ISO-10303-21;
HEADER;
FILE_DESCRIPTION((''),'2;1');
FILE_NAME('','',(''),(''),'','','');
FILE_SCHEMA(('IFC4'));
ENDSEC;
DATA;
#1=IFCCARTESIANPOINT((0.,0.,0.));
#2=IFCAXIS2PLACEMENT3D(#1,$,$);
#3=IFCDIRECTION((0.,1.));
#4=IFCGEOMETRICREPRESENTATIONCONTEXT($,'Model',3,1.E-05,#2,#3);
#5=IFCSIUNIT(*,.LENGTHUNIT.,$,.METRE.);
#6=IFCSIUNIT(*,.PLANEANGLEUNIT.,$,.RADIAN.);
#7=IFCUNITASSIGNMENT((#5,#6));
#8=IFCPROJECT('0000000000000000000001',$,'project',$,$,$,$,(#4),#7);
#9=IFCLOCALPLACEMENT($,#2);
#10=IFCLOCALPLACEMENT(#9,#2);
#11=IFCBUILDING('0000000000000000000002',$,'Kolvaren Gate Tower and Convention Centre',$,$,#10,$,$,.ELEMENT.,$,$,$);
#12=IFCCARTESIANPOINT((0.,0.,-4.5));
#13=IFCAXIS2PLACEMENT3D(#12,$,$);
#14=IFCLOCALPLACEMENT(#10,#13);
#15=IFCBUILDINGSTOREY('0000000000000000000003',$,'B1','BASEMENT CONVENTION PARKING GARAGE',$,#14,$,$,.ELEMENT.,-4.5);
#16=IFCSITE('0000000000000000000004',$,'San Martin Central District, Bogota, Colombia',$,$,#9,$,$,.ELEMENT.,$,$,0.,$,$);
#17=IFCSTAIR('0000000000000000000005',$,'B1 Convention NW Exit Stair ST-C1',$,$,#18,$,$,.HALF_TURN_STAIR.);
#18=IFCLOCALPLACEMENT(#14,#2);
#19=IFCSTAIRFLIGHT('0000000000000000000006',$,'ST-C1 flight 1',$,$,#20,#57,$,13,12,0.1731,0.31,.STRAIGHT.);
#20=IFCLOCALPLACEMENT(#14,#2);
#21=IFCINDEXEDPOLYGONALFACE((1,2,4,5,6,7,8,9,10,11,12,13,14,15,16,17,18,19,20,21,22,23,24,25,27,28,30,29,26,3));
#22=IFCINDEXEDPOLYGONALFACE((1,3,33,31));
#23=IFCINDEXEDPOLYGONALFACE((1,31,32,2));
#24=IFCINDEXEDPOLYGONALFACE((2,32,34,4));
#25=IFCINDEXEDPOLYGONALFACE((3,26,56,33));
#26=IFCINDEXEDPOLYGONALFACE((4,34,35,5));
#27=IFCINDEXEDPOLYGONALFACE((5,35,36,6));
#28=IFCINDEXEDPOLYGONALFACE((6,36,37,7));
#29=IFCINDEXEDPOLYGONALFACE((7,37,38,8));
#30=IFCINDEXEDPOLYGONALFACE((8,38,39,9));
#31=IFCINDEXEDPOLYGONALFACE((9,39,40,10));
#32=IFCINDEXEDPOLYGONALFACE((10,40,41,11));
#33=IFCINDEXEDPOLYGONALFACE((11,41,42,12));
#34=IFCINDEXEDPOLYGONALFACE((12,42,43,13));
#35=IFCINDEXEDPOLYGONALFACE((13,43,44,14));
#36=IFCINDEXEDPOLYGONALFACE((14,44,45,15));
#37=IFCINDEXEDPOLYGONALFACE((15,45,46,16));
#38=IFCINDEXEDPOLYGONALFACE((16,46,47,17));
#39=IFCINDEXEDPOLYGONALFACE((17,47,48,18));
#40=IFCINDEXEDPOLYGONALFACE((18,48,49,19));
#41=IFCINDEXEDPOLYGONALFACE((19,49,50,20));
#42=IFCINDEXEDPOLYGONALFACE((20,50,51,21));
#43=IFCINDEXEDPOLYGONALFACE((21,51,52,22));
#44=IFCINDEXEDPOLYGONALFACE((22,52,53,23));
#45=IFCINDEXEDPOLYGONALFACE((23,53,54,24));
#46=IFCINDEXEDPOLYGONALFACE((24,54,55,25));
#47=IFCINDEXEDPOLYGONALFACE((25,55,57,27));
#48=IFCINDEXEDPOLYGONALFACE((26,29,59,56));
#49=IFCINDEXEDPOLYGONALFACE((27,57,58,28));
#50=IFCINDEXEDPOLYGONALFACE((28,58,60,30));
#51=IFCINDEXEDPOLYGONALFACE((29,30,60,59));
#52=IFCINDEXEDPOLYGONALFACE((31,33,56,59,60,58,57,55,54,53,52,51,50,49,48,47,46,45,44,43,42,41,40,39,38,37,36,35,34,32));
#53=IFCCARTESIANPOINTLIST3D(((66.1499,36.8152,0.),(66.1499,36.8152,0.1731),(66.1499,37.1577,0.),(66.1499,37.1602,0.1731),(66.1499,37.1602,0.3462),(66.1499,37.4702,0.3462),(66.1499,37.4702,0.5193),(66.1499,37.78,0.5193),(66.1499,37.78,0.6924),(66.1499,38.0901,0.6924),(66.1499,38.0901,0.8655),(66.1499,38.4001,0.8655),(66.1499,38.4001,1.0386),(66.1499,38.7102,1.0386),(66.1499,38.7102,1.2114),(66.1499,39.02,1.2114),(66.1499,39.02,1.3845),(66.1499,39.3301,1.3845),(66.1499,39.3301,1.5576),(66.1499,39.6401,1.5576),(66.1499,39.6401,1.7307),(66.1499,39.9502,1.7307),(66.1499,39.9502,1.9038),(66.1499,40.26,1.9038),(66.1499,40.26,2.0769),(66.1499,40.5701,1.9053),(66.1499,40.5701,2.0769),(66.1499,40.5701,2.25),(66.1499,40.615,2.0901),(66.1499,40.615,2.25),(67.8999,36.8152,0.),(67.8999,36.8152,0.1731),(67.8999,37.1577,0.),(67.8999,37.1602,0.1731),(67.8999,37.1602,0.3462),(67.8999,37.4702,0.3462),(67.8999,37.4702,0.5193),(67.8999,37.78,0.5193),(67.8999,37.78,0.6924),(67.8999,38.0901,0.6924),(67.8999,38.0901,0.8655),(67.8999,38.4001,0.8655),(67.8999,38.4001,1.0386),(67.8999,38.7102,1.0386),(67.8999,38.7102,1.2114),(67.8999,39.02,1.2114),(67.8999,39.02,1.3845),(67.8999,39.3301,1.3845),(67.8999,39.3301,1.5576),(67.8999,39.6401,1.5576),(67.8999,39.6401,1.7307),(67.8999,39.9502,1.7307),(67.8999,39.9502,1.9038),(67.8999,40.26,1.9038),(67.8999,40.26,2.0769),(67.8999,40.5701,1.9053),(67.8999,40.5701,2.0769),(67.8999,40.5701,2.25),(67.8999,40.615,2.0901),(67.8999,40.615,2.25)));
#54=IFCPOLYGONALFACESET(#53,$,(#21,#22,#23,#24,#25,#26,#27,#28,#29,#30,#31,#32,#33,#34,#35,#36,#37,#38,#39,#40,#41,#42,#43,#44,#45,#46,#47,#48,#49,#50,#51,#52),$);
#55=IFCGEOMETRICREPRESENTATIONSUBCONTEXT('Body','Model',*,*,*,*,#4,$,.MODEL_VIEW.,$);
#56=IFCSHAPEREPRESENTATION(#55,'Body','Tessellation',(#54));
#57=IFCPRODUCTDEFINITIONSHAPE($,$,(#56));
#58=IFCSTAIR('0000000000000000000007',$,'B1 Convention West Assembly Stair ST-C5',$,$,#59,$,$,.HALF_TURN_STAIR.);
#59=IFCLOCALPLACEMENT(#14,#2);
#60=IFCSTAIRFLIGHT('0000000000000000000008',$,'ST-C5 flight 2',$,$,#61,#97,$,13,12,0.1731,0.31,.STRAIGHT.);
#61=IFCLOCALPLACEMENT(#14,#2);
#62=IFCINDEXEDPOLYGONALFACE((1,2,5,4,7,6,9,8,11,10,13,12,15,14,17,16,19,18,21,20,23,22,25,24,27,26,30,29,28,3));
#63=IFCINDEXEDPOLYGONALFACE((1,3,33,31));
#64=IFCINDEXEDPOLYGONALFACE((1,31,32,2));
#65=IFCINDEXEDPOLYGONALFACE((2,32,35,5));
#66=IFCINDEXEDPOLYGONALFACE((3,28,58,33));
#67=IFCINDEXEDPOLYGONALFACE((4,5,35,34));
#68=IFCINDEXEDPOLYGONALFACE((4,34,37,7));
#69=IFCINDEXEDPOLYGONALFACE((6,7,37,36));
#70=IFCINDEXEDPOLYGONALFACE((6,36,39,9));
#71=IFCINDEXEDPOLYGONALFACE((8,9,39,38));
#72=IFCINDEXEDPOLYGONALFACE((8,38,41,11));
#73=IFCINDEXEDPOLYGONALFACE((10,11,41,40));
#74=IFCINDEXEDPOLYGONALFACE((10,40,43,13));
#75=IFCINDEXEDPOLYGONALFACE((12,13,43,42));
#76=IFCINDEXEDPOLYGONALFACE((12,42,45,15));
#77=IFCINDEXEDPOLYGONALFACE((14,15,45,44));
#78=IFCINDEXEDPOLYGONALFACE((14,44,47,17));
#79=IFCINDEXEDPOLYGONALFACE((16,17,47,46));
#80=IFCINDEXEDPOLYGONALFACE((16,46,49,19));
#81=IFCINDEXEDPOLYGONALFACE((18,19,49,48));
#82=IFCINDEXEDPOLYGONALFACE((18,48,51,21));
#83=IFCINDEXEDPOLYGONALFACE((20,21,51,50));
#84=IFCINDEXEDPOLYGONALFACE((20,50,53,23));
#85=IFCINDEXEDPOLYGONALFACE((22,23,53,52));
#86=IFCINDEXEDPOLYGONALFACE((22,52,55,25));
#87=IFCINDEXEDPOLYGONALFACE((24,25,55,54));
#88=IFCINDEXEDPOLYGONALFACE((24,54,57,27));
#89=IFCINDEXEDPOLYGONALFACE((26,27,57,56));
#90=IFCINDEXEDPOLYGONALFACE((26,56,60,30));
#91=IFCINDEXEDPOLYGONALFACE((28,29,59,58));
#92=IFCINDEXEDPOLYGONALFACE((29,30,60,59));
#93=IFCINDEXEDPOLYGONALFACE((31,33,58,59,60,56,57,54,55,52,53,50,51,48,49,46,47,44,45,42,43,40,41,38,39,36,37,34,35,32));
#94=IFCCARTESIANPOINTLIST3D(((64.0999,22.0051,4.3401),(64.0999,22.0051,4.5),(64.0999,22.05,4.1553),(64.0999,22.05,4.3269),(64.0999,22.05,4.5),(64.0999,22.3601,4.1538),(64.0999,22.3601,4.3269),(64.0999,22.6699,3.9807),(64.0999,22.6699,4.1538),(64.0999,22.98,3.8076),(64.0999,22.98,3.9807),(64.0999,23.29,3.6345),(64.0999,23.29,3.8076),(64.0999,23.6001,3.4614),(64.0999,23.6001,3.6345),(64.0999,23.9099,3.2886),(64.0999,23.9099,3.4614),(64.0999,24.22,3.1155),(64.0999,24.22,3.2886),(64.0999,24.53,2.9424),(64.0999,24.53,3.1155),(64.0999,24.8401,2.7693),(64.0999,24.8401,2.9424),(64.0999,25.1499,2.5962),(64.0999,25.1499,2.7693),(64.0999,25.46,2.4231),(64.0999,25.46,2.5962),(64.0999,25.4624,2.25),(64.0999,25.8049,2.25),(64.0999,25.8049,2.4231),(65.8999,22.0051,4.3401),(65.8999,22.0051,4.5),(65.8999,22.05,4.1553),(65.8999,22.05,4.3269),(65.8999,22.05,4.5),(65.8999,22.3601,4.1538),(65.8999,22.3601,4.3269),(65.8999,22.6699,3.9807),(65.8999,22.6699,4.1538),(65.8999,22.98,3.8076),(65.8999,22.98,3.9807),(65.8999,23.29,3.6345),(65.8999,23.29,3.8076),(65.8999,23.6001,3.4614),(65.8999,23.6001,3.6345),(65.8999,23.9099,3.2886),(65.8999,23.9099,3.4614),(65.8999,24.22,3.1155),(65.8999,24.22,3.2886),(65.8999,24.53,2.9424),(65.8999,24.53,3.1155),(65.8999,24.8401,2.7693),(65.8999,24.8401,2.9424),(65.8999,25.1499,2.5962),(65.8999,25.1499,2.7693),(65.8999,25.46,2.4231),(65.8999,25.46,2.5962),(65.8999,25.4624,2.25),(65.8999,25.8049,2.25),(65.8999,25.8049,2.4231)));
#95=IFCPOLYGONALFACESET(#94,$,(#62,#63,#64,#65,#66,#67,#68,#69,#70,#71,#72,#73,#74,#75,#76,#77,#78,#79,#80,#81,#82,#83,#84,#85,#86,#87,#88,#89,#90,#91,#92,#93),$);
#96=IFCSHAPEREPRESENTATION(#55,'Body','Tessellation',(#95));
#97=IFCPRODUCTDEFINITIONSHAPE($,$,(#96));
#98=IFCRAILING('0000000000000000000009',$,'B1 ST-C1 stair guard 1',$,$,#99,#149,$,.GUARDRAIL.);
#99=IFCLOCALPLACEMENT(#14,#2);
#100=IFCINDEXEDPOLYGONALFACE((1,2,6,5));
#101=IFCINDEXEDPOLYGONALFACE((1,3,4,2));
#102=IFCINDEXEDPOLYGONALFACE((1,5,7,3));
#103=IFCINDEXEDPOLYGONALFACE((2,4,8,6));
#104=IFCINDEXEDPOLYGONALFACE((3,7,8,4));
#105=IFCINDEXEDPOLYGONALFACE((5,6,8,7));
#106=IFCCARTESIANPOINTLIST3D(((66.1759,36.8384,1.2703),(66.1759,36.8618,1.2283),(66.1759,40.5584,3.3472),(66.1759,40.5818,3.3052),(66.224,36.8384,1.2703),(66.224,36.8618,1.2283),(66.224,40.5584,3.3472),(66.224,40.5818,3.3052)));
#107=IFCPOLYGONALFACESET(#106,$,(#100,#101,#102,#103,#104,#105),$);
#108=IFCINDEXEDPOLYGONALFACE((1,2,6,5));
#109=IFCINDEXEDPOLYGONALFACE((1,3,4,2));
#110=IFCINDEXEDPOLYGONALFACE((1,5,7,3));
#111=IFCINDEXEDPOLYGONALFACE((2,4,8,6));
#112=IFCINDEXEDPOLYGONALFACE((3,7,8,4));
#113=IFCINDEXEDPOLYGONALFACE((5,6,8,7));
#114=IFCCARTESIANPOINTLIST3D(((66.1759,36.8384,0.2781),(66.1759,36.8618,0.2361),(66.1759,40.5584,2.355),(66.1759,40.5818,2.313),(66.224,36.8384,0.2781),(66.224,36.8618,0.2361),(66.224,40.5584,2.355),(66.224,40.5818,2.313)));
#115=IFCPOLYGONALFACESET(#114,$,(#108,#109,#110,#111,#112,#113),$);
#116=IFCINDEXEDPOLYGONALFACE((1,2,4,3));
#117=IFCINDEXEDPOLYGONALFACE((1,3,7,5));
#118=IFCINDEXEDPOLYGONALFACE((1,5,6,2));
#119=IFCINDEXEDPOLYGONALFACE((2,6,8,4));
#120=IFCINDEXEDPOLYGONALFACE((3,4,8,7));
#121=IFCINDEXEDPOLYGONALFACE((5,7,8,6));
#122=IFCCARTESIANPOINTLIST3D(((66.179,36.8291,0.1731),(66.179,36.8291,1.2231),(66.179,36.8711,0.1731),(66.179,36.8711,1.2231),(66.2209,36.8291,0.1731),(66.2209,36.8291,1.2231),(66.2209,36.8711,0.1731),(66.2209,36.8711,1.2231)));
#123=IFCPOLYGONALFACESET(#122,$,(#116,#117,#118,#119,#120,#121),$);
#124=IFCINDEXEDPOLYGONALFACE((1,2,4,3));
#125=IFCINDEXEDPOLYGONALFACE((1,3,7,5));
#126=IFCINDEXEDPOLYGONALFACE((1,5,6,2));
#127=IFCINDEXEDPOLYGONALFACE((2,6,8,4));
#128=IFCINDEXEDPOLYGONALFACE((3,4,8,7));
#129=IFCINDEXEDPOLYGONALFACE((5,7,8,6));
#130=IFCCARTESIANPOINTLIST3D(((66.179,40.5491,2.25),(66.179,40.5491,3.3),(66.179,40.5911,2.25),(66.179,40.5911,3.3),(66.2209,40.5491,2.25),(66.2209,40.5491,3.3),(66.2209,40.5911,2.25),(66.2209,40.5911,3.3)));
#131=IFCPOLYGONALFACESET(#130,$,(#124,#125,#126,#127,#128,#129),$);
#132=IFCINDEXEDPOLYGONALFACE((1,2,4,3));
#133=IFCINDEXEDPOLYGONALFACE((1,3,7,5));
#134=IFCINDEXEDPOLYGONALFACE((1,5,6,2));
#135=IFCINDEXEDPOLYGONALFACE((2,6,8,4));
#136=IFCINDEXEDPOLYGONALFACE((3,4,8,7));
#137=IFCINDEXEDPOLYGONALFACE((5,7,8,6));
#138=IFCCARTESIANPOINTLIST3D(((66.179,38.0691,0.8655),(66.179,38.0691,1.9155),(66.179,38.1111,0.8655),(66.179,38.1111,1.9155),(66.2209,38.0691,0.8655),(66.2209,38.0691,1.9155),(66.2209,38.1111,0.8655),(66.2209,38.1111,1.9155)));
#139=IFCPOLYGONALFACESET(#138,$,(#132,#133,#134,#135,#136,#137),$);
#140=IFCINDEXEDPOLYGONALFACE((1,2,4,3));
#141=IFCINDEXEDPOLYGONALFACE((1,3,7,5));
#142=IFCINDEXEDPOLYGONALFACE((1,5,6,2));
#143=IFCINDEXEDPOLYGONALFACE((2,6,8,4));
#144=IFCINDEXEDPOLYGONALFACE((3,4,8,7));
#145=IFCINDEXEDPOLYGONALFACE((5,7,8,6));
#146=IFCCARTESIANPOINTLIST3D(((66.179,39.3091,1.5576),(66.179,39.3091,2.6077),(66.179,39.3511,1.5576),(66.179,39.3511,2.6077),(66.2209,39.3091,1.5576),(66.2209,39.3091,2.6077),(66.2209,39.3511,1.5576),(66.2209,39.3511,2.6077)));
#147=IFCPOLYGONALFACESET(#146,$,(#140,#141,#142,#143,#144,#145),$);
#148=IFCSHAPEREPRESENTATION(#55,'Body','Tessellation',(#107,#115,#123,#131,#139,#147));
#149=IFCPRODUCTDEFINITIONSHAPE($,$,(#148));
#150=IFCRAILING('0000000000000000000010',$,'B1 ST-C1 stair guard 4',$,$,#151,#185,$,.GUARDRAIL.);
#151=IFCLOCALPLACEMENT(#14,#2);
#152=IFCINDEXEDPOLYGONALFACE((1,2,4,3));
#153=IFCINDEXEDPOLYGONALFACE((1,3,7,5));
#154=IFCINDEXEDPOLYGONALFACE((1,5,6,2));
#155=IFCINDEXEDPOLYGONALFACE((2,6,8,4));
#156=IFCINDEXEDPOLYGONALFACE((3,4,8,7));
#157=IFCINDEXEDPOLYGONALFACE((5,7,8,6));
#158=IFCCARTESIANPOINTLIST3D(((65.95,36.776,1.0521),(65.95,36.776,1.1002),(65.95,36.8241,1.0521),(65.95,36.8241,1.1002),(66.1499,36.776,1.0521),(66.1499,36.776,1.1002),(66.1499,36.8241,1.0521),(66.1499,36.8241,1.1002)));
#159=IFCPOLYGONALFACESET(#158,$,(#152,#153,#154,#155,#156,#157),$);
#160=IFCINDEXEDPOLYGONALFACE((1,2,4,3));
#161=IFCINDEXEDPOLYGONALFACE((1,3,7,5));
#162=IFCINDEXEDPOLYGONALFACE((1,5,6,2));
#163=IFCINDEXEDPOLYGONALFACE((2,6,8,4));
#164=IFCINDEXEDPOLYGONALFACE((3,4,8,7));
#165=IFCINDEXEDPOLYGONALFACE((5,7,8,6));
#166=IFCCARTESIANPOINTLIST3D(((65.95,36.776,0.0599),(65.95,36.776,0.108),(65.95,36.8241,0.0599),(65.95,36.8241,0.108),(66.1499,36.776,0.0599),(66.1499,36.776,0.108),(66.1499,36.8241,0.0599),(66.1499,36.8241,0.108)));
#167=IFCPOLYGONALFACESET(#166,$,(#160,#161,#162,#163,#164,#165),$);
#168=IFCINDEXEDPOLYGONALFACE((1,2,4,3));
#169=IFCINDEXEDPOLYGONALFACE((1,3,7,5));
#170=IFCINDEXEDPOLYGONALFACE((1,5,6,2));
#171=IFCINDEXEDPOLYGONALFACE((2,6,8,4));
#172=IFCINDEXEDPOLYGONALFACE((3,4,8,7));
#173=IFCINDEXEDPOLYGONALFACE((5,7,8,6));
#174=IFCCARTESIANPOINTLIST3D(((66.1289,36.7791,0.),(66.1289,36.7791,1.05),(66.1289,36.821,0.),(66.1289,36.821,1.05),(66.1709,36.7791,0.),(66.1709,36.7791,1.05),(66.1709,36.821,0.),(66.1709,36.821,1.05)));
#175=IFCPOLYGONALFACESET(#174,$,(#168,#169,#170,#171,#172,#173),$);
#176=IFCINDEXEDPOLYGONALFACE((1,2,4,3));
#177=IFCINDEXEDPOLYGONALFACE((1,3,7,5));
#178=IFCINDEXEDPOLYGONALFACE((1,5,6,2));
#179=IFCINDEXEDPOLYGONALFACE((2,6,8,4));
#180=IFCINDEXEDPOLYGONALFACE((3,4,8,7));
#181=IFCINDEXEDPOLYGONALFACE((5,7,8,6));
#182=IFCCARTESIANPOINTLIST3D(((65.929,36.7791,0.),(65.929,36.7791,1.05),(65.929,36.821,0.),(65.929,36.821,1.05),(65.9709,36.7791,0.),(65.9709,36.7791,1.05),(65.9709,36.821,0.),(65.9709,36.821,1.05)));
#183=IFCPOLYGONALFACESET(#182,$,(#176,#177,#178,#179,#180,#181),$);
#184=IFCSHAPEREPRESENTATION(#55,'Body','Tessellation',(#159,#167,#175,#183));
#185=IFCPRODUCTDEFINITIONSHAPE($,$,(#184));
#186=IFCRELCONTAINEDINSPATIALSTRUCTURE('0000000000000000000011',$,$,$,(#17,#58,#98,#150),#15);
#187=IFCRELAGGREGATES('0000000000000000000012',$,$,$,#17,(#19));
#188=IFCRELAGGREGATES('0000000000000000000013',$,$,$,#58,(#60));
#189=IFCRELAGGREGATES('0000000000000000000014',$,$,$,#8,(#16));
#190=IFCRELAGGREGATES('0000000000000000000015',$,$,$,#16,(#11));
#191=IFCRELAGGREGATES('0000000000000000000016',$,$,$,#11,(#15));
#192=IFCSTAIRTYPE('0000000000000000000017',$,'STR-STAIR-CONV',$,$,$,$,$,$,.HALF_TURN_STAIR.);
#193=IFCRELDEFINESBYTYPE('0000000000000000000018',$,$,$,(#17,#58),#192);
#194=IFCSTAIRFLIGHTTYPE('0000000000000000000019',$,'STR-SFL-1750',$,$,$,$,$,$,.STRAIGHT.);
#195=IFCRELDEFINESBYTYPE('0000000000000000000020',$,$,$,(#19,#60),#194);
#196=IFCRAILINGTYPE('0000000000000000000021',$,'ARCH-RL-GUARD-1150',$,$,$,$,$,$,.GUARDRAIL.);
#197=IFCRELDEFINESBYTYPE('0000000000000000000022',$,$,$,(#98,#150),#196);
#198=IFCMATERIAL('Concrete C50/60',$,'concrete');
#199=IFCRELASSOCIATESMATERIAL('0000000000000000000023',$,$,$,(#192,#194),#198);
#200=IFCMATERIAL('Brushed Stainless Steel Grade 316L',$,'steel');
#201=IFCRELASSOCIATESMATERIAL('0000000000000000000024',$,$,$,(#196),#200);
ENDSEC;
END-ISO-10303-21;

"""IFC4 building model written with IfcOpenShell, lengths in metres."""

from ifc_helpers import new_model, si_unit, direction, frame, origin, origin_2d, place, context, subcontext, project, spatial, polyline, rectangle, outline, extrude, material, type_object, element, aggregate, save


model = new_model("IFC4")

# Units and contexts
model_context = context("Model", 3, precision=1e-05, world=origin(), true_north=direction((0.0, 1.0)))
body_context = subcontext(model_context, "Body", "Model", "MODEL_VIEW")
ifc_project = project(units=[si_unit("LENGTHUNIT", "METRE"), si_unit("PLANEANGLEUNIT", "RADIAN")], contexts=[model_context])

# Site, building, storey
site_placement = place(None, origin())
site = spatial("IfcSite", under=ifc_project, at=site_placement, Name="San Martin Central District, Bogota, Colombia", CompositionType="ELEMENT", RefElevation=0.0)
building_placement = place(site_placement, origin())
building = spatial("IfcBuilding", under=site, at=building_placement, Name="Kolvaren Gate Tower and Convention Centre", CompositionType="ELEMENT")
storey_placement = place(building_placement, frame((0.0, 0.0, -4.5)))
storey = spatial("IfcBuildingStorey", under=building, at=storey_placement, Name="B1", Description="BASEMENT CONVENTION PARKING GARAGE", CompositionType="ELEMENT", Elevation=-4.5)

# Shared definitions
ifc_material_1 = material(Name="Concrete C50/60", Category="concrete")

# Stairs, stair flights
stair_type = type_object("IfcStairType", Name="STR-STAIR-CONV", PredefinedType="HALF_TURN_STAIR", material=ifc_material_1)
stair_1_placement = place(storey_placement, origin())
stair_1 = element("IfcStair", 1, at=stair_1_placement, inside=storey, type_object=stair_type, Name="B1 Convention NW Exit Stair ST-C1", PredefinedType="HALF_TURN_STAIR")
stair_flight_type = type_object("IfcStairFlightType", Name="STR-SFL-1750", PredefinedType="STRAIGHT", material=ifc_material_1)
stair_flight_1_placement = place(storey_placement, frame((67.0249, 36.8501, 0.0), z_axis=(0.0, 0.0, 1.0), x_axis=(0.0, 1.0, 0.0)))
stair_flight_1 = element("IfcStairFlight", 2, at=stair_flight_1_placement, type_object=stair_flight_type, Name="ST-C1 flight 1", NumberOfRisers=13, NumberOfTreads=12, PredefinedType="STRAIGHT", RiserHeight=0.1731, TreadLength=0.31, context=body_context, shape_type="SweptSolid", body=[
    extrude(outline(polyline([(-0.0349, 0.0), (-0.0349, 0.1731), (0.3101, 0.1731), (0.3101, 0.3462), (0.6201, 0.3462), (0.6201, 0.5193), (0.9299, 0.5193), (0.9299, 0.6924), (1.24, 0.6924), (1.24, 0.8655), (1.55, 0.8655), (1.55, 1.0386), (1.8601, 1.0386), (1.8601, 1.2114), (2.1699, 1.2114), (2.1699, 1.3845), (2.48, 1.3845), (2.48, 1.5576), (2.79, 1.5576), (2.79, 1.7307), (3.1001, 1.7307), (3.1001, 1.9038), (3.4099, 1.9038), (3.4099, 2.0769), (3.72, 2.0769), (3.72, 2.25), (3.7649, 2.25), (3.7649, 2.0901), (3.72, 1.9053), (0.3076, 0.0), (-0.0349, 0.0)])), frame((0.0, 0.875, 0.0), z_axis=(0.0, -1.0, 0.0), x_axis=(1.0, 0.0, 0.0)), (0.0, 0.0, 1.0), 1.75),
])
aggregate(stair_1, [stair_flight_1])
stair_2_placement = place(storey_placement, origin())
stair_2 = element("IfcStair", 3, at=stair_2_placement, inside=storey, type_object=stair_type, Name="B1 Convention West Assembly Stair ST-C5", PredefinedType="HALF_TURN_STAIR")
stair_flight_2_placement = place(storey_placement, frame((65.0, 25.77, 2.25), z_axis=(0.0, 0.0, 1.0), x_axis=(0.0, -1.0, 0.0)))
stair_flight_2 = element("IfcStairFlight", 4, at=stair_flight_2_placement, type_object=stair_flight_type, Name="ST-C5 flight 2", NumberOfRisers=13, NumberOfTreads=12, PredefinedType="STRAIGHT", RiserHeight=0.1731, TreadLength=0.31, context=body_context, shape_type="SweptSolid", body=[
    extrude(outline(polyline([(-0.0349, 0.0), (-0.0349, 0.1731), (0.3101, 0.1731), (0.3101, 0.3462), (0.6201, 0.3462), (0.6201, 0.5193), (0.9299, 0.5193), (0.9299, 0.6924), (1.24, 0.6924), (1.24, 0.8655), (1.55, 0.8655), (1.55, 1.0386), (1.8601, 1.0386), (1.8601, 1.2114), (2.1699, 1.2114), (2.1699, 1.3845), (2.48, 1.3845), (2.48, 1.5576), (2.79, 1.5576), (2.79, 1.7307), (3.1001, 1.7307), (3.1001, 1.9038), (3.4099, 1.9038), (3.4099, 2.0769), (3.72, 2.0769), (3.72, 2.25), (3.7649, 2.25), (3.7649, 2.0901), (3.72, 1.9053), (0.3076, 0.0), (-0.0349, 0.0)])), frame((0.0, 0.8999, 0.0), z_axis=(0.0, -1.0, 0.0), x_axis=(1.0, 0.0, 0.0)), (0.0, 0.0, 1.0), 1.8),
])
aggregate(stair_2, [stair_flight_2])

# Railings
ifc_material_2 = material(Name="Brushed Stainless Steel Grade 316L", Category="steel")
railing_type_1 = type_object("IfcRailingType", Name="ARCH-RL-GUARD-1150", PredefinedType="GUARDRAIL", material=ifc_material_2)
railing_1_placement = place(storey_placement, frame((66.2, 36.8501, 0.1731)))
element("IfcRailing", 5, at=railing_1_placement, inside=storey, type_object=railing_type_1, Name="B1 ST-C1 stair guard 1", PredefinedType="GUARDRAIL", context=body_context, shape_type="SweptSolid", body=[
    extrude(rectangle(XDim=0.0481, YDim=0.0481, at=origin_2d()), frame((0.0, 0.0, 1.0762), z_axis=(0.0, 0.873134, 0.487481), x_axis=(-1.0, 0.0, 0.0)), (0.0, 0.0, 1.0), 4.2605),
    extrude(rectangle(XDim=0.0481, YDim=0.0481, at=origin_2d()), frame((0.0, 0.0, 0.084), z_axis=(0.0, 0.873134, 0.487481), x_axis=(-1.0, 0.0, 0.0)), (0.0, 0.0, 1.0), 4.2605),
    extrude(rectangle(XDim=0.042, YDim=0.042, at=origin_2d()), origin(), (0.0, 0.0, 1.0), 1.05),
    extrude(rectangle(XDim=0.042, YDim=0.042, at=origin_2d()), frame((0.0, 3.72, 2.0769)), (0.0, 0.0, 1.0), 1.05),
    extrude(rectangle(XDim=0.042, YDim=0.042, at=origin_2d()), frame((0.0, 1.24, 0.6924)), (0.0, 0.0, 1.0), 1.05),
    extrude(rectangle(XDim=0.042, YDim=0.042, at=origin_2d()), frame((0.0, 2.48, 1.3845)), (0.0, 0.0, 1.0), 1.05),
])
railing_2_placement = place(storey_placement, frame((66.1499, 36.8, 0.0)))
element("IfcRailing", 6, at=railing_2_placement, inside=storey, type_object=railing_type_1, Name="B1 ST-C1 stair guard 4", PredefinedType="GUARDRAIL", context=body_context, shape_type="SweptSolid", body=[
    extrude(rectangle(XDim=0.0481, YDim=0.0481, at=origin_2d()), frame((0.0, 0.0, 1.0762), z_axis=(-1.0, 0.0, 0.0), x_axis=(0.0, -1.0, 0.0)), (0.0, 0.0, 1.0), 0.2),
    extrude(rectangle(XDim=0.0481, YDim=0.0481, at=origin_2d()), frame((0.0, 0.0, 0.084), z_axis=(-1.0, 0.0, 0.0), x_axis=(0.0, -1.0, 0.0)), (0.0, 0.0, 1.0), 0.2),
    extrude(rectangle(XDim=0.042, YDim=0.042, at=origin_2d()), origin(), (0.0, 0.0, 1.0), 1.05),
    extrude(rectangle(XDim=0.042, YDim=0.042, at=origin_2d()), frame((-0.2, 0.0, 0.0)), (0.0, 0.0, 1.0), 1.05),
])

save(model, "model.ifc")
